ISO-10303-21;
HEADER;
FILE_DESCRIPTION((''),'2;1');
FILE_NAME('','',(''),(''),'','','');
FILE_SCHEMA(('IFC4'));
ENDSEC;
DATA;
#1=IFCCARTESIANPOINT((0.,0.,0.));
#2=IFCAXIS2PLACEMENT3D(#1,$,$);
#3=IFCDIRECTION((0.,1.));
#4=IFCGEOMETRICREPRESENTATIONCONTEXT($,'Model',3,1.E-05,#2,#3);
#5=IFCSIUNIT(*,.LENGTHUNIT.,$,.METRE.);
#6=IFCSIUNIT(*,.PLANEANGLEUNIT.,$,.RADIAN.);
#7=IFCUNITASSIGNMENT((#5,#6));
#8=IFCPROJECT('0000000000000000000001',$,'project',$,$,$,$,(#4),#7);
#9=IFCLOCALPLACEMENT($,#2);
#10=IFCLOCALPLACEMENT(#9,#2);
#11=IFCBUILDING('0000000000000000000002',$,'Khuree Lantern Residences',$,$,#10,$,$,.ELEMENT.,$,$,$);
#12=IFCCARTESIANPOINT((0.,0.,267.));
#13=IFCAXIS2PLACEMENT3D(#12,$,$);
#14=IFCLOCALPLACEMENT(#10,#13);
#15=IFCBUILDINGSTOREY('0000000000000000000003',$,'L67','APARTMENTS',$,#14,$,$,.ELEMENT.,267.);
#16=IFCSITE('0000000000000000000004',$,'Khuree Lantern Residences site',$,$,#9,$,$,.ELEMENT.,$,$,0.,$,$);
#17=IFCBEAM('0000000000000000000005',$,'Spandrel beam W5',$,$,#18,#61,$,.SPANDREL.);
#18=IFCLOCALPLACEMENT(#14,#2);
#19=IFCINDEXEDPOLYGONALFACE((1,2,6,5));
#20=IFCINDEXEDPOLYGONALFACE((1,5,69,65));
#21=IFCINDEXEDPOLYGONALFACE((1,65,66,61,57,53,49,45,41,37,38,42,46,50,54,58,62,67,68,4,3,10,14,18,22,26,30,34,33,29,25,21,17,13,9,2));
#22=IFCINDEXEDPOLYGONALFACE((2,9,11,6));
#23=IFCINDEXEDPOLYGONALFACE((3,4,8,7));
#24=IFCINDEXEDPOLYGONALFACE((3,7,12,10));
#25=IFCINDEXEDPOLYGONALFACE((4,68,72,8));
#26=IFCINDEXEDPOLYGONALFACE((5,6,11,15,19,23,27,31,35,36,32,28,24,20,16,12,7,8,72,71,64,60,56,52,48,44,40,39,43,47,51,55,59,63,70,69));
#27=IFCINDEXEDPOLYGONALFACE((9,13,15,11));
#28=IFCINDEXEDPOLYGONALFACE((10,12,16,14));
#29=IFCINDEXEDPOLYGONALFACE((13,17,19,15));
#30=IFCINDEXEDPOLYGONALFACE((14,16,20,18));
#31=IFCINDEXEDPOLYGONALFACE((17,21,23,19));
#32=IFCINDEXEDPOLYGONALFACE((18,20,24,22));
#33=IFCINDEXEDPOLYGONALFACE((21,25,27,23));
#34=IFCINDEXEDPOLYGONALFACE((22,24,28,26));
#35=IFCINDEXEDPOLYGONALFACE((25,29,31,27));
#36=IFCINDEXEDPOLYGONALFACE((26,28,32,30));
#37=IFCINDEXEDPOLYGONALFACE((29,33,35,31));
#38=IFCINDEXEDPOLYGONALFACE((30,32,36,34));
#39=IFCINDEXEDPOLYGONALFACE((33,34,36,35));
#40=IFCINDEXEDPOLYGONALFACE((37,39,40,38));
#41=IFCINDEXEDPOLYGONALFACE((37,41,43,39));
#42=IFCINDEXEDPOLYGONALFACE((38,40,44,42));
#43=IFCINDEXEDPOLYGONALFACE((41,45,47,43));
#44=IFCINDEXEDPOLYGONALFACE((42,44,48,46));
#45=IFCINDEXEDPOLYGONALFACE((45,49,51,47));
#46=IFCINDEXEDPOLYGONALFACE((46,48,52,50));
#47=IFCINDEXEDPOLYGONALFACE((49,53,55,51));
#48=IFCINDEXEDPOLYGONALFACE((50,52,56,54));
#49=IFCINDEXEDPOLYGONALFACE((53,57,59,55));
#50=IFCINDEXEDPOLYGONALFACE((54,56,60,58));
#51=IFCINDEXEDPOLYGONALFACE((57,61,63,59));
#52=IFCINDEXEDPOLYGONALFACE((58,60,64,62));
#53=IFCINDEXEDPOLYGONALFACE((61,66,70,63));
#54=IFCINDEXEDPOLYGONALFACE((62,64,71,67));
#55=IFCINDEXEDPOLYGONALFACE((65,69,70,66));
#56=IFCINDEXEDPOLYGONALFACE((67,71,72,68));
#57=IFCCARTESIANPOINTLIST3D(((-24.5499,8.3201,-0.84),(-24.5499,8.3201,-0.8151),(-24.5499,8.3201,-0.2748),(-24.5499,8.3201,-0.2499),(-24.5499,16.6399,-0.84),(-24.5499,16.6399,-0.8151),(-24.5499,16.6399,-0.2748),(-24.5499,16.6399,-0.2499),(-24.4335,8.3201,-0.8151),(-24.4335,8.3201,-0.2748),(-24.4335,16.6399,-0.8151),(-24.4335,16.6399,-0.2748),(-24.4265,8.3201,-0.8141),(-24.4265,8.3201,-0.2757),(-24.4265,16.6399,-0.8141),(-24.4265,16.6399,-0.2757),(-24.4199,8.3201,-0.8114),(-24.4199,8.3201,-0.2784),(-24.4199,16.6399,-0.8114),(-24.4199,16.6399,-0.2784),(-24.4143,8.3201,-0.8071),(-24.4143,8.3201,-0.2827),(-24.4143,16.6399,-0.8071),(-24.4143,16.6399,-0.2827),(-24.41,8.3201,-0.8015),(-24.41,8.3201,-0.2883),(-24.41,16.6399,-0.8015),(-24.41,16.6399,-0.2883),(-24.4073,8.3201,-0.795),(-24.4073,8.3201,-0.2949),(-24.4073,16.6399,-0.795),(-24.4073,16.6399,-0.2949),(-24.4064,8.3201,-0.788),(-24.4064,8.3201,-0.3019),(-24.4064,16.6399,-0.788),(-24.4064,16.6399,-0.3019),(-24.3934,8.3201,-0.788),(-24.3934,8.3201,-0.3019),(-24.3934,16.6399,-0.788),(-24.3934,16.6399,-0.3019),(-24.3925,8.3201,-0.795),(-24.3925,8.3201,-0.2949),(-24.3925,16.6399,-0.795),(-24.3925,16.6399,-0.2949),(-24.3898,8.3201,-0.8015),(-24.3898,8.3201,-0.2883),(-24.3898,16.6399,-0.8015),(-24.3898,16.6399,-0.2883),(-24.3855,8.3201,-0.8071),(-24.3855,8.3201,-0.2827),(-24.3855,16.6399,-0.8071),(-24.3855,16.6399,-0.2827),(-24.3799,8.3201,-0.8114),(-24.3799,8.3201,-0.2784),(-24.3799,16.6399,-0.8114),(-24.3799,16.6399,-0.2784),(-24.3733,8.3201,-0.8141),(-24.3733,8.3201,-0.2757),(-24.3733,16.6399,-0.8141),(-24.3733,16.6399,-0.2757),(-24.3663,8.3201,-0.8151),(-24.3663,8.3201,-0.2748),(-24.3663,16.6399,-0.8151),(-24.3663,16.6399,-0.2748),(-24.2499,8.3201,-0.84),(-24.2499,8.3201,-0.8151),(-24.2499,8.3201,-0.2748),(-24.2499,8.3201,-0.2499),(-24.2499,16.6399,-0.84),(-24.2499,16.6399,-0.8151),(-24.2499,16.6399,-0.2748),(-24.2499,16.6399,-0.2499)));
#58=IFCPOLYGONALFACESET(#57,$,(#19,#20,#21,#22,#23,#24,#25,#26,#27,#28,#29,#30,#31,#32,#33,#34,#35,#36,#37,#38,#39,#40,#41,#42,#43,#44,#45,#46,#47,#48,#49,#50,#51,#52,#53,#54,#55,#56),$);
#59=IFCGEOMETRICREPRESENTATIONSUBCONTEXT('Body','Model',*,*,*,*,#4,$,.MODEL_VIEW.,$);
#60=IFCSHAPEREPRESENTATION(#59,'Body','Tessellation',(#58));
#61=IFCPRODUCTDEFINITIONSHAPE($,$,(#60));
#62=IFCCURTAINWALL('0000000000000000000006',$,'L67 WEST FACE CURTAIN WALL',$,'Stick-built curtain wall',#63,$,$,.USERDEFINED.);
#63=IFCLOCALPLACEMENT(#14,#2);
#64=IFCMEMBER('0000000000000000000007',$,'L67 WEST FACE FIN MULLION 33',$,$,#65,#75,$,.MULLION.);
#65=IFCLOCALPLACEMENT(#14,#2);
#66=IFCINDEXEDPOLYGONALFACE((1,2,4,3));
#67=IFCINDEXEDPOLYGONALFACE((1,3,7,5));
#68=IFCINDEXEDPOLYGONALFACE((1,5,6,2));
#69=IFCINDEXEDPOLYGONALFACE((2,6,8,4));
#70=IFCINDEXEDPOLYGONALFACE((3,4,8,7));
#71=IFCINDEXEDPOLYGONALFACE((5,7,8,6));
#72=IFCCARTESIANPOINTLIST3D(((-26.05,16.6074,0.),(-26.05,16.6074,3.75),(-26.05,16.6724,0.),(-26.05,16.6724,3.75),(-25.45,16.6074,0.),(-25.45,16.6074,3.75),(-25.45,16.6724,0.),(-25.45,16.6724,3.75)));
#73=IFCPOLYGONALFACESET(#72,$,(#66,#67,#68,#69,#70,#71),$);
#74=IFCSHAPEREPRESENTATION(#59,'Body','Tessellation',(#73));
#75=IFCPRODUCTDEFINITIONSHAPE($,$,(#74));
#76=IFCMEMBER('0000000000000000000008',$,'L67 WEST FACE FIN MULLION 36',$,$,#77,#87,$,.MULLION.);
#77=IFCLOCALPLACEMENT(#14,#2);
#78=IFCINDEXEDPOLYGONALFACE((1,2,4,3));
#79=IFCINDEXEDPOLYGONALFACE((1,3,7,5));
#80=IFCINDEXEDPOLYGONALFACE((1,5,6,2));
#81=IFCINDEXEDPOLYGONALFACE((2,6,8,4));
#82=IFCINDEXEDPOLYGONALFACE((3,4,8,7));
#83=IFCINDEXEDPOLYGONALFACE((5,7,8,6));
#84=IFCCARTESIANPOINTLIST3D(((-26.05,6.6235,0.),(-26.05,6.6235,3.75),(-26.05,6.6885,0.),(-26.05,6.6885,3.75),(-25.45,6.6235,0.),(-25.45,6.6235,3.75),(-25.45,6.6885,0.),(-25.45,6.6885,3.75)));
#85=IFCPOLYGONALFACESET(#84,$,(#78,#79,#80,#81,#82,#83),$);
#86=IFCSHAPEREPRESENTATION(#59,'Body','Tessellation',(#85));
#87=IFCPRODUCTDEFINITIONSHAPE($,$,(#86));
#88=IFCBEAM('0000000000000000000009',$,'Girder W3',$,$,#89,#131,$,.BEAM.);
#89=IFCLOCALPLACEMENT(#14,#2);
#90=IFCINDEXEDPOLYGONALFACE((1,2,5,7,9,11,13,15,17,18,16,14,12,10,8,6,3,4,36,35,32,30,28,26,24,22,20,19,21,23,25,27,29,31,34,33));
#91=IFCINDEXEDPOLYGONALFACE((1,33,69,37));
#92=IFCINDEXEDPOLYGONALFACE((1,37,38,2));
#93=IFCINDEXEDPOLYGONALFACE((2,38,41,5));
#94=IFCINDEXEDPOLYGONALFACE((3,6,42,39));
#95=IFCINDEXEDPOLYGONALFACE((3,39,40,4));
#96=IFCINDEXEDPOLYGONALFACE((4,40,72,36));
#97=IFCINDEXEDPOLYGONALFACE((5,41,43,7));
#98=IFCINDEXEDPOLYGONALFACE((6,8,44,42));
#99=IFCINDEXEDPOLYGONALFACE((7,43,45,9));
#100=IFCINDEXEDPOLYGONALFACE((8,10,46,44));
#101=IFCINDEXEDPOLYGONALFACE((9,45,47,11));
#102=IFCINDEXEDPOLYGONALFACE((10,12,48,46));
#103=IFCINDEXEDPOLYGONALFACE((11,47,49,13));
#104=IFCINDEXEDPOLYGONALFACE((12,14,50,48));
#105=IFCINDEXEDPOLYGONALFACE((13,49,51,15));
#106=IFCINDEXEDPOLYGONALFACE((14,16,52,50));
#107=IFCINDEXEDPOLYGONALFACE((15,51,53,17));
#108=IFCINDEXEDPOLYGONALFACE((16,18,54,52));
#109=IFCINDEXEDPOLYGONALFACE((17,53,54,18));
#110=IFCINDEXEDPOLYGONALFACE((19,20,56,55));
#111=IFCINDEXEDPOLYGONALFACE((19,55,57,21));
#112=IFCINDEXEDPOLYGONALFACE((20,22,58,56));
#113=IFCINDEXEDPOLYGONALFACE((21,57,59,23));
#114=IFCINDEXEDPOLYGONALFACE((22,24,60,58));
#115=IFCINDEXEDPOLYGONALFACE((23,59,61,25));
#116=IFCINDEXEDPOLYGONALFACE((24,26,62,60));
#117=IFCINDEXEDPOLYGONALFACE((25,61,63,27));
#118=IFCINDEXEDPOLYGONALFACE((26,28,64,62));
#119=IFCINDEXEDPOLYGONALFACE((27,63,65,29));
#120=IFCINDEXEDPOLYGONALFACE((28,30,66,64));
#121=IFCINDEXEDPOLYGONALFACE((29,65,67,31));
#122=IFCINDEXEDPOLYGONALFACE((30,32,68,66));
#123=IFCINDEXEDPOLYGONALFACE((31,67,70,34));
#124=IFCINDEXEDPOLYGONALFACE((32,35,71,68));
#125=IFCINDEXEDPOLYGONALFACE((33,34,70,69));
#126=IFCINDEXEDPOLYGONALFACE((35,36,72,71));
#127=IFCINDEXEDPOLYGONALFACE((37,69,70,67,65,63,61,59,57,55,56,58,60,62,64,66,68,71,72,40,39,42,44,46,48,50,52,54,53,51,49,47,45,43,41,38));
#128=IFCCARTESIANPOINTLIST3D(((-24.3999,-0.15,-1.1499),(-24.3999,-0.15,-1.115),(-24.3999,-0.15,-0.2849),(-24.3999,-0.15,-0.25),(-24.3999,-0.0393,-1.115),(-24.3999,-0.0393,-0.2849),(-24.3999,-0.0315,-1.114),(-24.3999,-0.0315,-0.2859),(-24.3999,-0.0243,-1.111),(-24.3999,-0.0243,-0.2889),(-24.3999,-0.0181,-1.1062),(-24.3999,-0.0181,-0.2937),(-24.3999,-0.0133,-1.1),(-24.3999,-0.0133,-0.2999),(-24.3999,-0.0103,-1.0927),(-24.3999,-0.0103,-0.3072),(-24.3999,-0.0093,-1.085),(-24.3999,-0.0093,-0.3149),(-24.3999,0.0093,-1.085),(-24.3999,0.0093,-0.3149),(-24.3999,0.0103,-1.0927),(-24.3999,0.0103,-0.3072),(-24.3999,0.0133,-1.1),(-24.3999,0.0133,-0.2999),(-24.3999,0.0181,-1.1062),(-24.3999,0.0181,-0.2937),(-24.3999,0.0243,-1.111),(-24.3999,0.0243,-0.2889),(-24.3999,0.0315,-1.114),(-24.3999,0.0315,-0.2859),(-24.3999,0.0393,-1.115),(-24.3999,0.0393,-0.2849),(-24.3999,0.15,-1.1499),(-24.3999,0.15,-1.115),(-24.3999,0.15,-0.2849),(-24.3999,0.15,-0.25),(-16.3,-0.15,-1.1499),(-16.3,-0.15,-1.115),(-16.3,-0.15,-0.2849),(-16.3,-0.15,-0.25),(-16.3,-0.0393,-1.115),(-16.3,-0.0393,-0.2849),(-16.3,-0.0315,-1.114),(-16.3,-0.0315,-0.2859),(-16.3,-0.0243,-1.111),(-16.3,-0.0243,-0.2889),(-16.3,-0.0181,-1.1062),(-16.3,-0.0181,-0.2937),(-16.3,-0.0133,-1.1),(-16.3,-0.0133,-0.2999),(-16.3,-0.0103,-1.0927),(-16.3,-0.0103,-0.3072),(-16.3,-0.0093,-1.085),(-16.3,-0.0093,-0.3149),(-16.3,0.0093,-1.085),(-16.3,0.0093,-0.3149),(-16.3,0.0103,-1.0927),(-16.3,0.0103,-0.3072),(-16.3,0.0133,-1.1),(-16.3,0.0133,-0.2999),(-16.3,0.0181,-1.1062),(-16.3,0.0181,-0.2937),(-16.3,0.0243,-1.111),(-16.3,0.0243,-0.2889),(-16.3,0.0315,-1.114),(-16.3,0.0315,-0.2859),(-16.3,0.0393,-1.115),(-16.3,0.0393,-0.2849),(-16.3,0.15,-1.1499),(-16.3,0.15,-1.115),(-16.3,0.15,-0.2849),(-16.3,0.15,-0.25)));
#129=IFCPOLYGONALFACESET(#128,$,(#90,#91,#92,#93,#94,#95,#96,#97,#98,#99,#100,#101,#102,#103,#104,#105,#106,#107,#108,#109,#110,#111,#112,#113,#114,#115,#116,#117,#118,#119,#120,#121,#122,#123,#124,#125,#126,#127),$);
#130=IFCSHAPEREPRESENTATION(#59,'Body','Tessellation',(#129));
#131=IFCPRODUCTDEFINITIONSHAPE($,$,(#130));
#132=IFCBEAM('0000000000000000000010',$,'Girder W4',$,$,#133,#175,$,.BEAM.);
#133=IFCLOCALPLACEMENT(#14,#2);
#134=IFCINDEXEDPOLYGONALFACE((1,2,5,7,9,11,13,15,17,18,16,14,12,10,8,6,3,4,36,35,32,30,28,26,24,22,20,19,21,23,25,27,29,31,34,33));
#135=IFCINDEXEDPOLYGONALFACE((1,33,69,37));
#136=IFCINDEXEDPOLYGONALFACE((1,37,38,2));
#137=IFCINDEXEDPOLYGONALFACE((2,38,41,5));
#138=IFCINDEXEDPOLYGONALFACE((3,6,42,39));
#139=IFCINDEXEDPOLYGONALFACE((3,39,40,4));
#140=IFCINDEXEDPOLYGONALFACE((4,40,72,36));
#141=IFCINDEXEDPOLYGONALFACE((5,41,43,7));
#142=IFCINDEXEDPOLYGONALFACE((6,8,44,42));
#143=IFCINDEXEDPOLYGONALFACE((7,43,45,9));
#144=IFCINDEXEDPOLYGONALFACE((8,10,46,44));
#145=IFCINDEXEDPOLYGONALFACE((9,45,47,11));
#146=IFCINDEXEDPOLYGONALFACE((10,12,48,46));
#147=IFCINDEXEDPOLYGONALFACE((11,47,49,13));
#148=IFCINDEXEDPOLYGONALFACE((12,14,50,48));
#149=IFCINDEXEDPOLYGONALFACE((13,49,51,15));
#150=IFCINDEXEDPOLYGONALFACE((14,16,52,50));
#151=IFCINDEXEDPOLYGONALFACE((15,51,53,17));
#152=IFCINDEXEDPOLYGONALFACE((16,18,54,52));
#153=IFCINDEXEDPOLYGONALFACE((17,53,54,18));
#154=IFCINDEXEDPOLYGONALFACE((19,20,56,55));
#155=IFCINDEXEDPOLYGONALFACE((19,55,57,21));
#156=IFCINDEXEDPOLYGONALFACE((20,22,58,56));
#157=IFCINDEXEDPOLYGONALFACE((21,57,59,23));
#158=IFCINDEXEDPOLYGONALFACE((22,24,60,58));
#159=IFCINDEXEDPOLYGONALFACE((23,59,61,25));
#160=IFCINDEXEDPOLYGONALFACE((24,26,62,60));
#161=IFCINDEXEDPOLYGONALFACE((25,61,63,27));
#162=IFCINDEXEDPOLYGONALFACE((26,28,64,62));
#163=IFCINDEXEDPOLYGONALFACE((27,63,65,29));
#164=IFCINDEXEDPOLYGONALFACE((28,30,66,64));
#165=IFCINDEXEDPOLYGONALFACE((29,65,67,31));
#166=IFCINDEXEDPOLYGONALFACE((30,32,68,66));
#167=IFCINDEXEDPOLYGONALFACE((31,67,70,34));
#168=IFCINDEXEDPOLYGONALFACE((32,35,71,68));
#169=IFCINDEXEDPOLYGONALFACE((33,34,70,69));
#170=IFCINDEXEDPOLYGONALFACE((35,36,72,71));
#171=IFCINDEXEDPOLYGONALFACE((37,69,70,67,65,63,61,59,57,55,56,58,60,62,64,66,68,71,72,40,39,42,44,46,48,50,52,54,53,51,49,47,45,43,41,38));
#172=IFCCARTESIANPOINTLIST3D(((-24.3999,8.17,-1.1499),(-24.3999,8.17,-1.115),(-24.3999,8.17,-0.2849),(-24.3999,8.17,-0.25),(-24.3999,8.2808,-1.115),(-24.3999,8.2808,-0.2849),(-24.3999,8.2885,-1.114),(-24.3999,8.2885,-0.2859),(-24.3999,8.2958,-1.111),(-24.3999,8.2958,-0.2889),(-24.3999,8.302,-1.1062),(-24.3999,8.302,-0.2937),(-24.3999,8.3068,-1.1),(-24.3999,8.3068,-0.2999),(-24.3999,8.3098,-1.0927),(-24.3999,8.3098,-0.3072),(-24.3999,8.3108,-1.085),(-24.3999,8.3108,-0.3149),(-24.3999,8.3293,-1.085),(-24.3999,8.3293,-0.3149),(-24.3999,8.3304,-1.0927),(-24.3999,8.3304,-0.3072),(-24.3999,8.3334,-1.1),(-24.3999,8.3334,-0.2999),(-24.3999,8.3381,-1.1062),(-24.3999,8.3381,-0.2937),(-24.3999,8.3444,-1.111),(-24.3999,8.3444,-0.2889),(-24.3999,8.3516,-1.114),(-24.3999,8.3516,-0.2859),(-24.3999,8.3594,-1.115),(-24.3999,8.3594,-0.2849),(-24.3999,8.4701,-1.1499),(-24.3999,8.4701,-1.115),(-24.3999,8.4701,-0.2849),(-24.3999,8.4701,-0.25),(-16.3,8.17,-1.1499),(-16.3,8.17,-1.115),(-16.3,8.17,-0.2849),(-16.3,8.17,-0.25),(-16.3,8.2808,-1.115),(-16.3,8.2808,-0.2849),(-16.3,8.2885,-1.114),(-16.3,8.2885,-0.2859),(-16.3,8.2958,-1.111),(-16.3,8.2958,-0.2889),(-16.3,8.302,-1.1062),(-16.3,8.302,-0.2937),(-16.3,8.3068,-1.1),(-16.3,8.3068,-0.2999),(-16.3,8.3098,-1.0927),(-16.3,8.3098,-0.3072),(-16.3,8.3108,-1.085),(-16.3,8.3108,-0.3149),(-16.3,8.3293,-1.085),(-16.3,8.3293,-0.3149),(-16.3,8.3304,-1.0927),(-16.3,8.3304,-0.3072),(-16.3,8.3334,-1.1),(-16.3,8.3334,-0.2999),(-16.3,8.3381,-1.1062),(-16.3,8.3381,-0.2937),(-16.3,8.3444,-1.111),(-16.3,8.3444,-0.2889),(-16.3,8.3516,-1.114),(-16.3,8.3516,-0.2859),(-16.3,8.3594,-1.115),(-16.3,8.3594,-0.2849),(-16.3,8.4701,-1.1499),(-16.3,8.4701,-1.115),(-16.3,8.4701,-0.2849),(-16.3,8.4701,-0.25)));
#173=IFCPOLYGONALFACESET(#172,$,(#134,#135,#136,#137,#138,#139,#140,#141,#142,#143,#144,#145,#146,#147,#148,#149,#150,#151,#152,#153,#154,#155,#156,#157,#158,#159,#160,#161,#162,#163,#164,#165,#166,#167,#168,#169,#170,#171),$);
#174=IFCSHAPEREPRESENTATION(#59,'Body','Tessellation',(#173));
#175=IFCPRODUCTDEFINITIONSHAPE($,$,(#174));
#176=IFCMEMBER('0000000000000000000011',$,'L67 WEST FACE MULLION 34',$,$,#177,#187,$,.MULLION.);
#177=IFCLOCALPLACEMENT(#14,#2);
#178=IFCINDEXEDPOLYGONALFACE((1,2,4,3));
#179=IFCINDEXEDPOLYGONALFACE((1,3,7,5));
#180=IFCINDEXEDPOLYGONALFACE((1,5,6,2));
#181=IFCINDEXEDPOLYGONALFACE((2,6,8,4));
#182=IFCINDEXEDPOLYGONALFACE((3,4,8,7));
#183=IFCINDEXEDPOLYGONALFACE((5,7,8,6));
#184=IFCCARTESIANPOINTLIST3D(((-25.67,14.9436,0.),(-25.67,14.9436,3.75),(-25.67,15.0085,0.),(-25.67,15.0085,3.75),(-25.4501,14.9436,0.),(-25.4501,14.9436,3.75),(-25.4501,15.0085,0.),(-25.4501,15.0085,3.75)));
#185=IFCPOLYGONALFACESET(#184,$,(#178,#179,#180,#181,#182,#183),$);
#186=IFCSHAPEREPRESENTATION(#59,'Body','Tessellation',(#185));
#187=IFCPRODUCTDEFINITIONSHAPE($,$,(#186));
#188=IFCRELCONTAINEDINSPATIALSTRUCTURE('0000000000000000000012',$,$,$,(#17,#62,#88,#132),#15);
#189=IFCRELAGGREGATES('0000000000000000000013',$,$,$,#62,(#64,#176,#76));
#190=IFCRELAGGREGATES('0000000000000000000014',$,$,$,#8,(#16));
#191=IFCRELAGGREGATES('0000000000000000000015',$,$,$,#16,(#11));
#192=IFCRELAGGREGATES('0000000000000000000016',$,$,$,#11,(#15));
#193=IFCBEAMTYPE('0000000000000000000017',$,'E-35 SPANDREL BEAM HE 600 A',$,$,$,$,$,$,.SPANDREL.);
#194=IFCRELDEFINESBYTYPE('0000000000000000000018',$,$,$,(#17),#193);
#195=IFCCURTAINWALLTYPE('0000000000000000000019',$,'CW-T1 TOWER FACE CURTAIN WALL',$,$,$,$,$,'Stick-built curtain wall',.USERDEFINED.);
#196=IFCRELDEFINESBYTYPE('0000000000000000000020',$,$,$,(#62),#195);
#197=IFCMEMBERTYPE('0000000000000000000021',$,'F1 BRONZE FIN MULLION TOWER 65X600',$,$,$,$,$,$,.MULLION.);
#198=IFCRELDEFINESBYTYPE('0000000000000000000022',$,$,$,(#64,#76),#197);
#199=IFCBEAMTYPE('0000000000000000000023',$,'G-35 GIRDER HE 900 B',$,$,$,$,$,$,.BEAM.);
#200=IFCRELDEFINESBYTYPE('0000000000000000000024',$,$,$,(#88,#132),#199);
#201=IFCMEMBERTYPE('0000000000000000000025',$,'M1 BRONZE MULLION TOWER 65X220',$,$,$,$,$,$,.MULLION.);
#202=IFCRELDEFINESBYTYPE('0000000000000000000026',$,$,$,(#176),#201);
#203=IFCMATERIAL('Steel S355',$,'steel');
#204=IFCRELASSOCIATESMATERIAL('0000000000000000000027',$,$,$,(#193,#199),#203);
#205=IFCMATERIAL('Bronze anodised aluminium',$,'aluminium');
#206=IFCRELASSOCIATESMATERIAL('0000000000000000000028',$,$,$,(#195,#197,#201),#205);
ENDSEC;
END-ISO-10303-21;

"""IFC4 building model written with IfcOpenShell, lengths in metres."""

from ifc_helpers import new_model, si_unit, direction, frame, origin, origin_2d, place, context, subcontext, project, spatial, rectangle, i_section, extrude, material, material_profile, profile_set, type_object, element, aggregate, save


model = new_model("IFC4")

# Units and contexts
model_context = context("Model", 3, precision=1e-05, world=origin(), true_north=direction((0.0, 1.0)))
body_context = subcontext(model_context, "Body", "Model", "MODEL_VIEW")
ifc_project = project(units=[si_unit("LENGTHUNIT", "METRE"), si_unit("PLANEANGLEUNIT", "RADIAN")], contexts=[model_context])

# Site, building, storey
site_placement = place(None, origin())
site = spatial("IfcSite", under=ifc_project, at=site_placement, Name="Khuree Lantern Residences site", CompositionType="ELEMENT", RefElevation=0.0)
building_placement = place(site_placement, origin())
building = spatial("IfcBuilding", under=site, at=building_placement, Name="Khuree Lantern Residences", CompositionType="ELEMENT")
storey_placement = place(building_placement, frame((0.0, 0.0, 267.0)))
storey = spatial("IfcBuildingStorey", under=building, at=storey_placement, Name="L67", Description="APARTMENTS", CompositionType="ELEMENT", Elevation=267.0)

# Beam
ifc_material_1 = material(Name="Steel S355", Category="steel")
ifc_material_profile_1 = material_profile(ifc_material_1, i_section(OverallWidth=0.3, OverallDepth=0.5901, WebThickness=0.0129, FlangeThickness=0.0249, FilletRadius=0.0271, at=origin_2d()), Name="HE 600 A")
ifc_profile_set_1 = profile_set([ifc_material_profile_1], Name="Steel S355")
beam_type_1 = type_object("IfcBeamType", Name="E-35 SPANDREL BEAM HE 600 A", PredefinedType="SPANDREL", material=ifc_profile_set_1)
beam_1_placement = place(storey_placement, frame((-24.3999, 8.3201, -0.5449), z_axis=(0.0, 1.0, 0.0), x_axis=(-1.0, 0.0, 0.0)))
element("IfcBeam", 1, at=beam_1_placement, inside=storey, type_object=beam_type_1, Name="Spandrel beam W5", PredefinedType="SPANDREL", context=body_context, shape_type="SweptSolid", body=[
    extrude(i_section(OverallWidth=0.3, OverallDepth=0.5901, WebThickness=0.0129, FlangeThickness=0.0249, FilletRadius=0.0271, at=origin_2d()), origin(), (0.0, 0.0, 1.0), 8.3198),
])

# Curtain wall, members
ifc_material_2 = material(Name="Bronze anodised aluminium", Category="aluminium")
curtain_wall_type = type_object("IfcCurtainWallType", Name="CW-T1 TOWER FACE CURTAIN WALL", ElementType="Stick-built curtain wall", PredefinedType="USERDEFINED", material=ifc_material_2)
curtain_wall_placement = place(storey_placement, origin())
curtain_wall = element("IfcCurtainWall", 2, at=curtain_wall_placement, inside=storey, type_object=curtain_wall_type, Name="L67 WEST FACE CURTAIN WALL", ObjectType="Stick-built curtain wall", PredefinedType="USERDEFINED")
ifc_material_profile_2 = material_profile(ifc_material_2, rectangle(XDim=0.0649, YDim=0.6001, at=origin_2d()), Name="F1 65X600")
ifc_profile_set_2 = profile_set([ifc_material_profile_2], Name="Bronze anodised aluminium")
member_type_1 = type_object("IfcMemberType", Name="F1 BRONZE FIN MULLION TOWER 65X600", PredefinedType="MULLION", material=ifc_profile_set_2)
member_1_placement = place(storey_placement, frame((-25.75, 16.6399, 0.0), z_axis=(0.0, 0.0, 1.0), x_axis=(0.0, -1.0, 0.0)))
member_1 = element("IfcMember", 3, at=member_1_placement, type_object=member_type_1, Name="L67 WEST FACE FIN MULLION 33", PredefinedType="MULLION", context=body_context, shape_type="SweptSolid", body=[
    extrude(rectangle(XDim=0.0649, YDim=0.6001, at=origin_2d()), origin(), (0.0, 0.0, 1.0), 3.75),
])
member_2_placement = place(storey_placement, frame((-25.75, 6.656, 0.0), z_axis=(0.0, 0.0, 1.0), x_axis=(0.0, -1.0, 0.0)))
member_2 = element("IfcMember", 4, at=member_2_placement, type_object=member_type_1, Name="L67 WEST FACE FIN MULLION 36", PredefinedType="MULLION", context=body_context, shape_type="SweptSolid", body=[
    extrude(rectangle(XDim=0.0649, YDim=0.6001, at=origin_2d()), origin(), (0.0, 0.0, 1.0), 3.75),
])

# Beams
ifc_material_profile_3 = material_profile(ifc_material_1, i_section(OverallWidth=0.3, OverallDepth=0.8999, WebThickness=0.0186, FlangeThickness=0.0349, FilletRadius=0.03, at=origin_2d()), Name="HE 900 B")
ifc_profile_set_3 = profile_set([ifc_material_profile_3], Name="Steel S355")
beam_type_2 = type_object("IfcBeamType", Name="G-35 GIRDER HE 900 B", PredefinedType="BEAM", material=ifc_profile_set_3)
for number, where, z_axis, x_axis, name in (
    (5, (-24.3999, 0.0, -0.7), (1.0, 0.0, 0.0), (0.0, 1.0, 0.0), "Girder W3"),
    (6, (-24.3999, 8.3201, -0.7), (1.0, 0.0, 0.0), (0.0, 1.0, 0.0), "Girder W4"),
):
    element("IfcBeam", number, at=place(storey_placement, frame(where, z_axis=z_axis, x_axis=x_axis)), inside=storey, type_object=beam_type_2, Name=name, PredefinedType="BEAM", context=body_context, shape_type="SweptSolid", body=[
        extrude(i_section(OverallWidth=0.3, OverallDepth=0.8999, WebThickness=0.0186, FlangeThickness=0.0349, FilletRadius=0.03, at=origin_2d()), origin(), (0.0, 0.0, 1.0), 8.0999),
    ])

# Member
ifc_material_profile_4 = material_profile(ifc_material_2, rectangle(XDim=0.0649, YDim=0.22, at=origin_2d()), Name="M1 65X220")
ifc_profile_set_4 = profile_set([ifc_material_profile_4], Name="Bronze anodised aluminium")
member_type_2 = type_object("IfcMemberType", Name="M1 BRONZE MULLION TOWER 65X220", PredefinedType="MULLION", material=ifc_profile_set_4)
member_3_placement = place(storey_placement, frame((-25.5601, 14.9761, 0.0), z_axis=(0.0, 0.0, 1.0), x_axis=(0.0, -1.0, 0.0)))
member_3 = element("IfcMember", 7, at=member_3_placement, type_object=member_type_2, Name="L67 WEST FACE MULLION 34", PredefinedType="MULLION", context=body_context, shape_type="SweptSolid", body=[
    extrude(rectangle(XDim=0.0649, YDim=0.22, at=origin_2d()), origin(), (0.0, 0.0, 1.0), 3.75),
])

aggregate(curtain_wall, [member_1, member_3, member_2])

save(model, "model.ifc")
